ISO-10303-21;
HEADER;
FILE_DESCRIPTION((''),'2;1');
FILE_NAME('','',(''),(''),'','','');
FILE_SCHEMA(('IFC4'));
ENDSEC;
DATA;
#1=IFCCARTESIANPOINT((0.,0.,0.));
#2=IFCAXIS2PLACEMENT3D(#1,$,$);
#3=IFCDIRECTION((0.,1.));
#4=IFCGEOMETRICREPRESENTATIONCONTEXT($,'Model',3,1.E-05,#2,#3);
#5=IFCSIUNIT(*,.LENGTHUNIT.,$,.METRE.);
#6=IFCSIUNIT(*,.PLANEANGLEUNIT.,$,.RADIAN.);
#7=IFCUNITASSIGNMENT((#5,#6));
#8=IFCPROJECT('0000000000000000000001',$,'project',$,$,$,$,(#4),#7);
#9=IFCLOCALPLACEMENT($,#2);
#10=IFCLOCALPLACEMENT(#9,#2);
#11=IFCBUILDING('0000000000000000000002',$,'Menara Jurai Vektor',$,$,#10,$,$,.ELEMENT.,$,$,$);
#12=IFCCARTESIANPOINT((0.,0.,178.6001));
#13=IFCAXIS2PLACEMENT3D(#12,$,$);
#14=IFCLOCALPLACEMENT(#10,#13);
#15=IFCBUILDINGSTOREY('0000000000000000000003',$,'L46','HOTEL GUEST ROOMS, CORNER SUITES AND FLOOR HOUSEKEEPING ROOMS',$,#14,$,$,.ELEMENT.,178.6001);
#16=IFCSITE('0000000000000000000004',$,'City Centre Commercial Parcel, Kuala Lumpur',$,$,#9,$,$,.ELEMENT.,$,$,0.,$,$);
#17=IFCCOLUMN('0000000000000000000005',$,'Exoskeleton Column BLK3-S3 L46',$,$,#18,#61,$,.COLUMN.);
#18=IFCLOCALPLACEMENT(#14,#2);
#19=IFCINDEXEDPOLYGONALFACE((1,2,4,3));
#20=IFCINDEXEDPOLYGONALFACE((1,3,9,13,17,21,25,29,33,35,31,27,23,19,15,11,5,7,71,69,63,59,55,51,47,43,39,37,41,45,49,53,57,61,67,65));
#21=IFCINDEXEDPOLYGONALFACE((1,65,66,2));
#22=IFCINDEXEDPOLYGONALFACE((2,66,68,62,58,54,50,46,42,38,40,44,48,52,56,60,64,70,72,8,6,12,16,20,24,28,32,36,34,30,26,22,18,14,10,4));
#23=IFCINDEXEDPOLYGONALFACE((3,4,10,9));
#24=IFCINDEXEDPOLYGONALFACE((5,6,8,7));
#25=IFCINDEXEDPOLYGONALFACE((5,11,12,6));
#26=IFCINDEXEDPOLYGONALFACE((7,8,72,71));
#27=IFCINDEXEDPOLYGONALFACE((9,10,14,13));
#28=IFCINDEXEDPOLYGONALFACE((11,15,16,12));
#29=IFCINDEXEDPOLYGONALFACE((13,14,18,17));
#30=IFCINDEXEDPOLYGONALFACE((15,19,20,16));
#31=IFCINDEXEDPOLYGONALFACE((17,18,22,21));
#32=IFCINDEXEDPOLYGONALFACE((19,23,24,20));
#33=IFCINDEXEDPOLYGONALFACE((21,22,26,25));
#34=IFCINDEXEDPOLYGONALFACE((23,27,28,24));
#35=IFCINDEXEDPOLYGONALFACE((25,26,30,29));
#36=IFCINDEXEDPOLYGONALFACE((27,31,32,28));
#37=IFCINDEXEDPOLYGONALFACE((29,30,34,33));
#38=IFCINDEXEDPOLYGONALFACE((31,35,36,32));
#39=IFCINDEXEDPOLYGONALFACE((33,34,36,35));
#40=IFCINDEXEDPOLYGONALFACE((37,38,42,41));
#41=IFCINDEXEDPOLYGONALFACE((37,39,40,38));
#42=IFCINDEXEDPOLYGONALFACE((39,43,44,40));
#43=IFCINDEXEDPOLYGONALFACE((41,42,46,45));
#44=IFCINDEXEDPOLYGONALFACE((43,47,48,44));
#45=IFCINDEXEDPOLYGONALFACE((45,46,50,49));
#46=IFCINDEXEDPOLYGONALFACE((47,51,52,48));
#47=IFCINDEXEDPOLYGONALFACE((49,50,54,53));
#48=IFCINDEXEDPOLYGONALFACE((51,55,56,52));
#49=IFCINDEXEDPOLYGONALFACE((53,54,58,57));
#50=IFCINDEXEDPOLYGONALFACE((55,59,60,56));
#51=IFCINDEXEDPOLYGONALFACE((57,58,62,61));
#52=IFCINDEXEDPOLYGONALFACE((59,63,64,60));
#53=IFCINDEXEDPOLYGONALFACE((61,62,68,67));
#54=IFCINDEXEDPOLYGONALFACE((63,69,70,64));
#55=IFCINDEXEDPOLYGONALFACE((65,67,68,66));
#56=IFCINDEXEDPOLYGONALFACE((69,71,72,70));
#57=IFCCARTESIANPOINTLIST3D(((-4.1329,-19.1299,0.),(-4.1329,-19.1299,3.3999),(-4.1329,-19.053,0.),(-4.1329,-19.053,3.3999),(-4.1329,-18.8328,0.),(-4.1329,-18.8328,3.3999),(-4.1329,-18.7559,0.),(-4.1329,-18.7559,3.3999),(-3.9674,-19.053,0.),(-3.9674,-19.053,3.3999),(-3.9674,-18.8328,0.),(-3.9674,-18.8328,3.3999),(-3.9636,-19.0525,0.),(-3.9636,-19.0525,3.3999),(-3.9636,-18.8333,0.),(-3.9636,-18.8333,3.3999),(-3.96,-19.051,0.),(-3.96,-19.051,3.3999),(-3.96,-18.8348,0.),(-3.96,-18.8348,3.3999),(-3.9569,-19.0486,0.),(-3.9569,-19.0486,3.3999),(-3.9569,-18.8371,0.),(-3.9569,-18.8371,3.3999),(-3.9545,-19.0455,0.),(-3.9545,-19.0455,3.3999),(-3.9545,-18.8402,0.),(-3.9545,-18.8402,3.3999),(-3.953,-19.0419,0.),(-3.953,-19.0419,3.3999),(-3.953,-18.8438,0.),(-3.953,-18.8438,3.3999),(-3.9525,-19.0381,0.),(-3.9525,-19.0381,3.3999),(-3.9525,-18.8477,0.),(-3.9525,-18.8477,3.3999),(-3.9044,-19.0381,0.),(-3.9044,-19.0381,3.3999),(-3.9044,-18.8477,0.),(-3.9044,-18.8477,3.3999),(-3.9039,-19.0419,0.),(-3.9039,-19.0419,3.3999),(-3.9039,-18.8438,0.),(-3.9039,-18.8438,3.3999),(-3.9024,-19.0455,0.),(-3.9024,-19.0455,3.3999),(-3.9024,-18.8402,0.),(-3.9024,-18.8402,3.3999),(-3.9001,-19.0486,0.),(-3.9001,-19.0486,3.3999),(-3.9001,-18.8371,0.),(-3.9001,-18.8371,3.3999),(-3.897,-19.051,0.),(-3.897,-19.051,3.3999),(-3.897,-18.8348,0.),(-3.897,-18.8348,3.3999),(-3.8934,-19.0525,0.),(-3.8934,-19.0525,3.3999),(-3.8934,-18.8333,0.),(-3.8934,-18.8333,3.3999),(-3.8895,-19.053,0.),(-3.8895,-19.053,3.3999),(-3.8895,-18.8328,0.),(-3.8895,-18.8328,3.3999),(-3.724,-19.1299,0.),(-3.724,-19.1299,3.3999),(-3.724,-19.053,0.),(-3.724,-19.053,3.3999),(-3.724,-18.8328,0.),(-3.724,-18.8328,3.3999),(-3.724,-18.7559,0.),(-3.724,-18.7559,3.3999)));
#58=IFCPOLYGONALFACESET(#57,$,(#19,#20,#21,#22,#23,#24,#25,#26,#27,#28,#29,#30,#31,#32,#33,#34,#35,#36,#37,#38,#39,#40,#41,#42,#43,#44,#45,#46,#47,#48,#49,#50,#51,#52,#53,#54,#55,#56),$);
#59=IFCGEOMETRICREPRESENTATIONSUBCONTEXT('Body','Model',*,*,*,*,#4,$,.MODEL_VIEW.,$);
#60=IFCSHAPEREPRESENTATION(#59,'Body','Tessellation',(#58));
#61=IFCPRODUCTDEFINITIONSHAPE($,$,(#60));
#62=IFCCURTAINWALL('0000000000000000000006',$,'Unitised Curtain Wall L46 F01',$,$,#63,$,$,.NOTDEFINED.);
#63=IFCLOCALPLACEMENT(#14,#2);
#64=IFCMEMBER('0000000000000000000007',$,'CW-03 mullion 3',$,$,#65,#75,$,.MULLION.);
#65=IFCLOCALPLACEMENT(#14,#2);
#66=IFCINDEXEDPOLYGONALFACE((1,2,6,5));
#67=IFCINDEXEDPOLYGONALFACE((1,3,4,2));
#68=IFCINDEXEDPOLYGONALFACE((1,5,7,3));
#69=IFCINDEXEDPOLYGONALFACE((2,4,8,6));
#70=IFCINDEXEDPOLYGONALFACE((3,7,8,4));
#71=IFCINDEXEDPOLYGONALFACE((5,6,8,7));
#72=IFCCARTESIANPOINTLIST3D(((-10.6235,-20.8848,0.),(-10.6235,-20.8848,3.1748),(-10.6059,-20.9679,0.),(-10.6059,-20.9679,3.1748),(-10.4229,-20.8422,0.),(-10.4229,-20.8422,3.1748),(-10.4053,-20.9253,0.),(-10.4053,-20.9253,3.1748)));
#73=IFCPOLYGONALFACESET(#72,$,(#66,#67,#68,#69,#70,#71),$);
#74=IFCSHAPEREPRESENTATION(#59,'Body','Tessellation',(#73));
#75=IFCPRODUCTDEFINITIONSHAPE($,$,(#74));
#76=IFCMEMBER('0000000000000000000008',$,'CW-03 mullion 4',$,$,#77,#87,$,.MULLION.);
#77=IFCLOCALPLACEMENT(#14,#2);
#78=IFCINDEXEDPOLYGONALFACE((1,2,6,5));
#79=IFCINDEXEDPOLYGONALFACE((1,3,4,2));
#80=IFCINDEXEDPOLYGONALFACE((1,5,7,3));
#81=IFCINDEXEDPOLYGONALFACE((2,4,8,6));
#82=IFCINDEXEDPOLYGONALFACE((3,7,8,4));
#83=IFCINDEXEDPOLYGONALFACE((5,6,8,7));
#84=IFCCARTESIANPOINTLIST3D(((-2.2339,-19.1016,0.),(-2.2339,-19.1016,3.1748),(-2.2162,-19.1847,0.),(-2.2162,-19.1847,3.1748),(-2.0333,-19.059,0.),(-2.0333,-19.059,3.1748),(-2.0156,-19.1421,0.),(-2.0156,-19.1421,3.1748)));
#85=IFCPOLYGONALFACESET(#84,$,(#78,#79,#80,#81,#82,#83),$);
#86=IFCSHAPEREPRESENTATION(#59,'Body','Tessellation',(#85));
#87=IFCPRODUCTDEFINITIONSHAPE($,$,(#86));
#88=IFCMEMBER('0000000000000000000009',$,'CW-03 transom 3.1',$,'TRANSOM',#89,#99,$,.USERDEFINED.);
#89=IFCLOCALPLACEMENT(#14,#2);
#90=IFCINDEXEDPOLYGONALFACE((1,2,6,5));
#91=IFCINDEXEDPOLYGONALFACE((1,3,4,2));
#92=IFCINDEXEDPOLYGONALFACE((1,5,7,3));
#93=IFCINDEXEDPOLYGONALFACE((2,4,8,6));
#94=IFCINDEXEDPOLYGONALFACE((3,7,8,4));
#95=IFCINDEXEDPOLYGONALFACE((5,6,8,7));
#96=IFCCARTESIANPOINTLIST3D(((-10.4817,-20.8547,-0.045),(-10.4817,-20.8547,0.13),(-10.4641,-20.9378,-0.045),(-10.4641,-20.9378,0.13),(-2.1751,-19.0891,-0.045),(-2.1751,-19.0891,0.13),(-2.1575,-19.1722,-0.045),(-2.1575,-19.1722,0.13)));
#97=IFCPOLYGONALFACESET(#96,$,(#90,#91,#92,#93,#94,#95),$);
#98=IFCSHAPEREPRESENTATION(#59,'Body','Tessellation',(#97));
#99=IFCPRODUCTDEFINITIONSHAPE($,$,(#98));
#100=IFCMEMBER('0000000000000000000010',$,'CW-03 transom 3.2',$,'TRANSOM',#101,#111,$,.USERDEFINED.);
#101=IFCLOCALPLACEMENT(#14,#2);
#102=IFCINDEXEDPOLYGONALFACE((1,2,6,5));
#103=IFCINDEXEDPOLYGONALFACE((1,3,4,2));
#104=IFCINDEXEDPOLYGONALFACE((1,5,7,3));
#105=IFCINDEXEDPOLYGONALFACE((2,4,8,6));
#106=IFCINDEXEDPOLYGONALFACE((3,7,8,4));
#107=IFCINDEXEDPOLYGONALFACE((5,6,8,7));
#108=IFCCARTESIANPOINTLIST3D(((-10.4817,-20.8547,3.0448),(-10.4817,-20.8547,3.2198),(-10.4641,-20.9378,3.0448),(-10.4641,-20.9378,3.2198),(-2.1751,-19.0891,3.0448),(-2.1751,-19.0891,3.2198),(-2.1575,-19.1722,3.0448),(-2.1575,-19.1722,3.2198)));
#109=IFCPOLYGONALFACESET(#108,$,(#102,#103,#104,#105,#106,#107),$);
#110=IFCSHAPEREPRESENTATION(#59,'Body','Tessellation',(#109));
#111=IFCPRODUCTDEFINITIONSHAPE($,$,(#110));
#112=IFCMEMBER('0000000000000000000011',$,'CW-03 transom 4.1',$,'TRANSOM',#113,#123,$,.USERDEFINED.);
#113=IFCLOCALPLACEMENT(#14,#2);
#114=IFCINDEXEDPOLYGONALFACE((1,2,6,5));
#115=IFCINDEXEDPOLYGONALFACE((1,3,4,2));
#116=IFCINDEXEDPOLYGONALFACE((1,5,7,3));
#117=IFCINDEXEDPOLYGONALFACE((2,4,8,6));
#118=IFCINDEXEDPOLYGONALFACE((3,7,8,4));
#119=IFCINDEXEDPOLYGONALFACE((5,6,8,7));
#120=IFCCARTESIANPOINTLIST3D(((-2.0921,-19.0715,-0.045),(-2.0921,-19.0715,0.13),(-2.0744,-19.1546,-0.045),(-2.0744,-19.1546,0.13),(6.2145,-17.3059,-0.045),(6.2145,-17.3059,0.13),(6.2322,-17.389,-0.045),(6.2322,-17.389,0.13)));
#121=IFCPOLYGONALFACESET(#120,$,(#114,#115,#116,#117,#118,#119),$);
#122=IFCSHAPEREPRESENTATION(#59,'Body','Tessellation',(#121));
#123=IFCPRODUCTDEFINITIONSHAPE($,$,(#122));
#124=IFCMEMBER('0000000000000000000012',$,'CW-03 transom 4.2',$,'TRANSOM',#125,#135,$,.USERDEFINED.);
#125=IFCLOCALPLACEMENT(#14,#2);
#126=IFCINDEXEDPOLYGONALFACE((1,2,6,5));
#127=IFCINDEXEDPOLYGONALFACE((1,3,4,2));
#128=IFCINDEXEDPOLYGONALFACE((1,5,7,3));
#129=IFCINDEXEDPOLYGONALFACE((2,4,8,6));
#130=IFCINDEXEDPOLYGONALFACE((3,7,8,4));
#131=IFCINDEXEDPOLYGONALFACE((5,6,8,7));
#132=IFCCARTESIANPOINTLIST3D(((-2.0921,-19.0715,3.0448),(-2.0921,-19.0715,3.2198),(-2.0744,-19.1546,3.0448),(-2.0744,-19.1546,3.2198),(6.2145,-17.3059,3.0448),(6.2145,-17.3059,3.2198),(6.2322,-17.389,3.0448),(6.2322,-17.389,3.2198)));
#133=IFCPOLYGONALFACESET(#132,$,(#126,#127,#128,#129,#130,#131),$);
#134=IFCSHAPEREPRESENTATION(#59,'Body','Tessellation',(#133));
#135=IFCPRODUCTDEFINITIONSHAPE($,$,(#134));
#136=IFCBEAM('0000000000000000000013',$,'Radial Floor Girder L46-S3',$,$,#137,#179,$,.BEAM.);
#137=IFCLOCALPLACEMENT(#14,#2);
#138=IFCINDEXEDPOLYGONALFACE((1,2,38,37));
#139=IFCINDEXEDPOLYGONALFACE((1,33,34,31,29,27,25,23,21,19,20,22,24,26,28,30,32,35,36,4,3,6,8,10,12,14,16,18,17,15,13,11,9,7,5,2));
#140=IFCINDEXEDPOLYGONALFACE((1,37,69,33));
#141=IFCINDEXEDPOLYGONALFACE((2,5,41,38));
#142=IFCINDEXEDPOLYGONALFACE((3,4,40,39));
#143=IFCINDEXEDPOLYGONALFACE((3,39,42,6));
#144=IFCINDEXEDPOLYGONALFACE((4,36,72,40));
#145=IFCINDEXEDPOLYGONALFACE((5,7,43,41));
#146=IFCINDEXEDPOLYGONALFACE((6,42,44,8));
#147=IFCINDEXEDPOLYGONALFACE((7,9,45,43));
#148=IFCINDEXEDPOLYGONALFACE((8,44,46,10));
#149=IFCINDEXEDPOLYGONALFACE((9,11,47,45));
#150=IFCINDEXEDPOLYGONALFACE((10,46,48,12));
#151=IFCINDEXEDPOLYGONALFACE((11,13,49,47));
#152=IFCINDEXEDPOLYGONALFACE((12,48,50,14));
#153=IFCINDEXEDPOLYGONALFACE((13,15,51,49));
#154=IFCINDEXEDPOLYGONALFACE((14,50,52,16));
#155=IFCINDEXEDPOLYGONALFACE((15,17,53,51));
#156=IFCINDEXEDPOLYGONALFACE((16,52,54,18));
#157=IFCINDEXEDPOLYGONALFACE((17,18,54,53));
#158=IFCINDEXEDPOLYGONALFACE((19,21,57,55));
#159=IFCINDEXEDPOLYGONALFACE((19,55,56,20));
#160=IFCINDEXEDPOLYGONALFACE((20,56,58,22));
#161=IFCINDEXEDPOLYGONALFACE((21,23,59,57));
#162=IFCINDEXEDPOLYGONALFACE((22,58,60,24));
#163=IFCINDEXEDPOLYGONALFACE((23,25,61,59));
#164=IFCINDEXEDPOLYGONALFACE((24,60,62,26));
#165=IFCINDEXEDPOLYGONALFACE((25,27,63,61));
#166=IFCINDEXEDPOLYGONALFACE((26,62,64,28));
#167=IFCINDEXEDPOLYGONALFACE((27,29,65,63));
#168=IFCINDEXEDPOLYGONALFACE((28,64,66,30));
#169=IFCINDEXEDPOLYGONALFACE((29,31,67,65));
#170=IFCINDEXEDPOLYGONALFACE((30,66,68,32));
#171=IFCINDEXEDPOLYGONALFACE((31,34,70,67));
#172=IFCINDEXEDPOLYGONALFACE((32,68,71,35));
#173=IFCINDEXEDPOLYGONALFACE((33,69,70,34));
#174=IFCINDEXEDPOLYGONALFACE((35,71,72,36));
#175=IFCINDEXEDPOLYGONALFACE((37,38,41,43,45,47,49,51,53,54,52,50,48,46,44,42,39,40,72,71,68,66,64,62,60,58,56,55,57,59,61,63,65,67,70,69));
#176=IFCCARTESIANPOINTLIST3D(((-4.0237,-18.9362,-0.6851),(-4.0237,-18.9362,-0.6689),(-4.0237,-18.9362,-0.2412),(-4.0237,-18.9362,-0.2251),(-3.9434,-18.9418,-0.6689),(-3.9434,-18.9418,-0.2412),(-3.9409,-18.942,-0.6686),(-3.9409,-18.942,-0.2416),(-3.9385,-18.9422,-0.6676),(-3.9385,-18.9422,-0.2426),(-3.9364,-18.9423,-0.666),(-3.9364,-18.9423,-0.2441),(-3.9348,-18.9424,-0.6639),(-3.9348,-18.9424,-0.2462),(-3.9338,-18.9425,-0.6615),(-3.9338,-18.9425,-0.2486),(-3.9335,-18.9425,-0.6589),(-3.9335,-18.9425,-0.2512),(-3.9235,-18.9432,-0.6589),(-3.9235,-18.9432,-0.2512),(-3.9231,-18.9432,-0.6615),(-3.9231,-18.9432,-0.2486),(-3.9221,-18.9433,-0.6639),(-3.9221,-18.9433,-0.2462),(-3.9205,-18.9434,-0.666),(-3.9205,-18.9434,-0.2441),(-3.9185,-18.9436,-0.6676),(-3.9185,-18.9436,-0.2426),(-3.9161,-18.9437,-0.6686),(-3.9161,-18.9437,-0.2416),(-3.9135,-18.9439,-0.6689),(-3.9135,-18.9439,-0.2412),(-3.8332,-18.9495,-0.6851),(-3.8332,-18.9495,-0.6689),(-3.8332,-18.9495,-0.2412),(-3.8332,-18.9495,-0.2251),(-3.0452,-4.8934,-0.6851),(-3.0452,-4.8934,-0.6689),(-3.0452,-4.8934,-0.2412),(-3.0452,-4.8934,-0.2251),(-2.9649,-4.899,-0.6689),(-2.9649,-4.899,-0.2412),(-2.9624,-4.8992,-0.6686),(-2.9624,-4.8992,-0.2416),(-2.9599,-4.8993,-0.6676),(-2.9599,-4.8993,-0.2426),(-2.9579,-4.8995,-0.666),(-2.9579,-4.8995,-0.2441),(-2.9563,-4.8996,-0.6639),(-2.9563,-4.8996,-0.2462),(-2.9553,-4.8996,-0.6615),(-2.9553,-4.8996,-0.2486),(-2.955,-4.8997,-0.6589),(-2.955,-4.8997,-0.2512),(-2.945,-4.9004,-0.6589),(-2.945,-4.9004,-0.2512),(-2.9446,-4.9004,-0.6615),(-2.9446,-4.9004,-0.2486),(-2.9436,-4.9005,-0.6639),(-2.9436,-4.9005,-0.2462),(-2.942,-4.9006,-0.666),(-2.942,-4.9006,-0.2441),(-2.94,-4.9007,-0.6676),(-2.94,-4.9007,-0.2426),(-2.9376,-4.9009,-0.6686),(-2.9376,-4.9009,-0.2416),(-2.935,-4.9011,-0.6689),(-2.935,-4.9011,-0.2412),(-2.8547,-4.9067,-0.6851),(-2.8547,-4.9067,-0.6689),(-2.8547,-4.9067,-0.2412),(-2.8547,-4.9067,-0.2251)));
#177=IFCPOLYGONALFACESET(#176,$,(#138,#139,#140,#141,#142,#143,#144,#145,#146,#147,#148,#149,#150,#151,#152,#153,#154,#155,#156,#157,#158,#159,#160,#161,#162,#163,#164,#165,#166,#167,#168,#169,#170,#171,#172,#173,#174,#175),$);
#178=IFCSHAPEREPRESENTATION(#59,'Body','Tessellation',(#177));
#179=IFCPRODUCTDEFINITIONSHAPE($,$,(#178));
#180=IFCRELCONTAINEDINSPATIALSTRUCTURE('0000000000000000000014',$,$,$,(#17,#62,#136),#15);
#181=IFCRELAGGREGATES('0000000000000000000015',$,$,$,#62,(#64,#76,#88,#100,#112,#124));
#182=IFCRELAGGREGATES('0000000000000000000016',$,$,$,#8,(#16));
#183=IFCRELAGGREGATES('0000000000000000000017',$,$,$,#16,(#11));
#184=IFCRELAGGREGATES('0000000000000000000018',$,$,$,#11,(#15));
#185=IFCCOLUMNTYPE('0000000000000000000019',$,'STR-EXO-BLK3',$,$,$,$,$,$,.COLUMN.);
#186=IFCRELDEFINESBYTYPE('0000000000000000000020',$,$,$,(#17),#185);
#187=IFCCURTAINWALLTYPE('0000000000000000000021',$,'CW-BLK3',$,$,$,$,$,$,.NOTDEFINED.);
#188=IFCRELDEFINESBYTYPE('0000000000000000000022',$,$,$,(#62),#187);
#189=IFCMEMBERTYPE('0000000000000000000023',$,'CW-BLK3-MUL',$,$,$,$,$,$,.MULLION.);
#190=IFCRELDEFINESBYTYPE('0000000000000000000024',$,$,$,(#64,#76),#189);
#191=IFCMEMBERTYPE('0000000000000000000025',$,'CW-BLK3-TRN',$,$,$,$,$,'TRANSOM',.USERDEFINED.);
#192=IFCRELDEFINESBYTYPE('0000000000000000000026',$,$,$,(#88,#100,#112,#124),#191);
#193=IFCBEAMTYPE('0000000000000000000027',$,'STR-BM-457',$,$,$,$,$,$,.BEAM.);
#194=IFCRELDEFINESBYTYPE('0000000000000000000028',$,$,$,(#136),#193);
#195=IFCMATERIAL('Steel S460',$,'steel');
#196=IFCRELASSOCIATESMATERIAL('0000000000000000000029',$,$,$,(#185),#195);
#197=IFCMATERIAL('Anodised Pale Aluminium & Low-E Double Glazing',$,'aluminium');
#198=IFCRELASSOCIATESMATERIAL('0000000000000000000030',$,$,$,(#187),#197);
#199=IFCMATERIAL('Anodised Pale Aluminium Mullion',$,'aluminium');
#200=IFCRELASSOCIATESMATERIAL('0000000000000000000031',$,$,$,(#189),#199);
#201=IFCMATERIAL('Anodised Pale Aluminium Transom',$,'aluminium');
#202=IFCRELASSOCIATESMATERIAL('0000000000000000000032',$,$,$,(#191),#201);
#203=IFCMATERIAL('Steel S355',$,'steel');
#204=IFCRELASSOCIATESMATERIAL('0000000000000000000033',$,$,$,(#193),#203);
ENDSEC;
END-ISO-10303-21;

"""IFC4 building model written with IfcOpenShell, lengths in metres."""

from ifc_helpers import new_model, si_unit, direction, frame, origin, origin_2d, place, context, subcontext, project, spatial, rectangle, i_section, extrude, material, material_profile, profile_set, type_object, element, aggregate, save


model = new_model("IFC4")

# Units and contexts
model_context = context("Model", 3, precision=1e-05, world=origin(), true_north=direction((0.0, 1.0)))
body_context = subcontext(model_context, "Body", "Model", "MODEL_VIEW")
ifc_project = project(units=[si_unit("LENGTHUNIT", "METRE"), si_unit("PLANEANGLEUNIT", "RADIAN")], contexts=[model_context])

# Site, building, storey
site_placement = place(None, origin())
site = spatial("IfcSite", under=ifc_project, at=site_placement, Name="City Centre Commercial Parcel, Kuala Lumpur", CompositionType="ELEMENT", RefElevation=0.0)
building_placement = place(site_placement, origin())
building = spatial("IfcBuilding", under=site, at=building_placement, Name="Menara Jurai Vektor", CompositionType="ELEMENT")
storey_placement = place(building_placement, frame((0.0, 0.0, 178.6001)))
storey = spatial("IfcBuildingStorey", under=building, at=storey_placement, Name="L46", Description="HOTEL GUEST ROOMS, CORNER SUITES AND FLOOR HOUSEKEEPING ROOMS", CompositionType="ELEMENT", Elevation=178.6001)

# Column
ifc_material_1 = material(Name="Steel S460", Category="steel")
ifc_material_profile_1 = material_profile(ifc_material_1, i_section(OverallWidth=0.4089, OverallDepth=0.374, WebThickness=0.0481, FlangeThickness=0.0769, FilletRadius=0.0149, at=origin_2d()), Name="HD 400x634")
ifc_profile_set_1 = profile_set([ifc_material_profile_1], Name="Steel S460")
column_type = type_object("IfcColumnType", Name="STR-EXO-BLK3", PredefinedType="COLUMN", material=ifc_profile_set_1)
column_placement = place(storey_placement, frame((-3.9285, -18.9429, 0.0), z_axis=(0.0, 0.0, 1.0), x_axis=(1.0, 0.0, 0.0)))
element("IfcColumn", 1, at=column_placement, inside=storey, type_object=column_type, Name="Exoskeleton Column BLK3-S3 L46", PredefinedType="COLUMN", context=body_context, shape_type="SweptSolid", body=[
    extrude(i_section(OverallWidth=0.4089, OverallDepth=0.374, WebThickness=0.0481, FlangeThickness=0.0769, FilletRadius=0.0149, at=origin_2d()), origin(), (0.0, 0.0, 1.0), 3.3999),
])

# Curtain wall, members
ifc_material_2 = material(Name="Anodised Pale Aluminium & Low-E Double Glazing", Category="aluminium")
curtain_wall_type = type_object("IfcCurtainWallType", Name="CW-BLK3", PredefinedType="NOTDEFINED", material=ifc_material_2)
curtain_wall_placement = place(storey_placement, origin())
curtain_wall = element("IfcCurtainWall", 2, at=curtain_wall_placement, inside=storey, type_object=curtain_wall_type, Name="Unitised Curtain Wall L46 F01", PredefinedType="NOTDEFINED")
ifc_material_3 = material(Name="Anodised Pale Aluminium Mullion", Category="aluminium")
ifc_material_profile_2 = material_profile(ifc_material_3, rectangle(XDim=0.085, YDim=0.2051, at=origin_2d()), Name="ALU MUL 85x205")
ifc_profile_set_2 = profile_set([ifc_material_profile_2], Name="Anodised Pale Aluminium Mullion")
member_type_1 = type_object("IfcMemberType", Name="CW-BLK3-MUL", PredefinedType="MULLION", material=ifc_profile_set_2)
member_1_placement = place(storey_placement, frame((-10.5144, -20.905, 0.0), z_axis=(0.0, 0.0, 1.0), x_axis=(-0.207911, 0.978148, 0.0)))
member_1 = element("IfcMember", 3, at=member_1_placement, type_object=member_type_1, Name="CW-03 mullion 3", PredefinedType="MULLION", context=body_context, shape_type="SweptSolid", body=[
    extrude(rectangle(XDim=0.085, YDim=0.2051, at=origin_2d()), origin(), (0.0, 0.0, 1.0), 3.1748),
])
member_2_placement = place(storey_placement, frame((-2.1248, -19.1218, 0.0), z_axis=(0.0, 0.0, 1.0), x_axis=(-0.207911, 0.978148, 0.0)))
member_2 = element("IfcMember", 4, at=member_2_placement, type_object=member_type_1, Name="CW-03 mullion 4", PredefinedType="MULLION", context=body_context, shape_type="SweptSolid", body=[
    extrude(rectangle(XDim=0.085, YDim=0.2051, at=origin_2d()), origin(), (0.0, 0.0, 1.0), 3.1748),
])
ifc_material_4 = material(Name="Anodised Pale Aluminium Transom", Category="aluminium")
ifc_material_profile_3 = material_profile(ifc_material_4, rectangle(XDim=0.085, YDim=0.175, at=origin_2d()), Name="ALU TRN 85x175")
ifc_profile_set_3 = profile_set([ifc_material_profile_3], Name="Anodised Pale Aluminium Transom")
member_type_2 = type_object("IfcMemberType", Name="CW-BLK3-TRN", ElementType="TRANSOM", PredefinedType="USERDEFINED", material=ifc_profile_set_3)
member_3_placement = place(storey_placement, frame((-10.4729, -20.8962, 0.0425), z_axis=(0.978148, 0.207911, 0.0), x_axis=(-0.207911, 0.978148, 0.0)))
member_3 = element("IfcMember", 5, at=member_3_placement, type_object=member_type_2, Name="CW-03 transom 3.1", ObjectType="TRANSOM", PredefinedType="USERDEFINED", context=body_context, shape_type="SweptSolid", body=[
    extrude(rectangle(XDim=0.085, YDim=0.175, at=origin_2d()), origin(), (0.0, 0.0, 1.0), 8.4922),
])
member_4_placement = place(storey_placement, frame((-10.4729, -20.8962, 3.1323), z_axis=(0.978148, 0.207911, 0.0), x_axis=(-0.207911, 0.978148, 0.0)))
member_4 = element("IfcMember", 6, at=member_4_placement, type_object=member_type_2, Name="CW-03 transom 3.2", ObjectType="TRANSOM", PredefinedType="USERDEFINED", context=body_context, shape_type="SweptSolid", body=[
    extrude(rectangle(XDim=0.085, YDim=0.175, at=origin_2d()), origin(), (0.0, 0.0, 1.0), 8.4922),
])
member_5_placement = place(storey_placement, frame((-2.0833, -19.113, 0.0425), z_axis=(0.978148, 0.207911, 0.0), x_axis=(-0.207911, 0.978148, 0.0)))
member_5 = element("IfcMember", 7, at=member_5_placement, type_object=member_type_2, Name="CW-03 transom 4.1", ObjectType="TRANSOM", PredefinedType="USERDEFINED", context=body_context, shape_type="SweptSolid", body=[
    extrude(rectangle(XDim=0.085, YDim=0.175, at=origin_2d()), origin(), (0.0, 0.0, 1.0), 8.4922),
])
member_6_placement = place(storey_placement, frame((-2.0833, -19.113, 3.1323), z_axis=(0.978148, 0.207911, 0.0), x_axis=(-0.207911, 0.978148, 0.0)))
member_6 = element("IfcMember", 8, at=member_6_placement, type_object=member_type_2, Name="CW-03 transom 4.2", ObjectType="TRANSOM", PredefinedType="USERDEFINED", context=body_context, shape_type="SweptSolid", body=[
    extrude(rectangle(XDim=0.085, YDim=0.175, at=origin_2d()), origin(), (0.0, 0.0, 1.0), 8.4922),
])

# Beam
ifc_material_5 = material(Name="Steel S355", Category="steel")
ifc_material_profile_4 = material_profile(ifc_material_5, i_section(OverallWidth=0.1909, OverallDepth=0.46, WebThickness=0.01, FlangeThickness=0.0161, FilletRadius=0.01, at=origin_2d()), Name="UKB 457x191x82")
ifc_profile_set_4 = profile_set([ifc_material_profile_4], Name="Steel S355")
beam_type_1 = type_object("IfcBeamType", Name="STR-BM-457", PredefinedType="BEAM", material=ifc_profile_set_4)
beam_1_placement = place(storey_placement, frame((-3.9285, -18.9429, -0.4551), z_axis=(0.069512, 0.997581, 0.0), x_axis=(-0.997581, 0.069512, 0.0)))
element("IfcBeam", 9, at=beam_1_placement, inside=storey, type_object=beam_type_1, Name="Radial Floor Girder L46-S3", PredefinedType="BEAM", context=body_context, shape_type="SweptSolid", body=[
    extrude(i_section(OverallWidth=0.1909, OverallDepth=0.46, WebThickness=0.01, FlangeThickness=0.0161, FilletRadius=0.01, at=origin_2d()), origin(), (0.0, 0.0, 1.0), 14.0769),
])

aggregate(curtain_wall, [member_1, member_2, member_3, member_4, member_5, member_6])

save(model, "model.ifc")
